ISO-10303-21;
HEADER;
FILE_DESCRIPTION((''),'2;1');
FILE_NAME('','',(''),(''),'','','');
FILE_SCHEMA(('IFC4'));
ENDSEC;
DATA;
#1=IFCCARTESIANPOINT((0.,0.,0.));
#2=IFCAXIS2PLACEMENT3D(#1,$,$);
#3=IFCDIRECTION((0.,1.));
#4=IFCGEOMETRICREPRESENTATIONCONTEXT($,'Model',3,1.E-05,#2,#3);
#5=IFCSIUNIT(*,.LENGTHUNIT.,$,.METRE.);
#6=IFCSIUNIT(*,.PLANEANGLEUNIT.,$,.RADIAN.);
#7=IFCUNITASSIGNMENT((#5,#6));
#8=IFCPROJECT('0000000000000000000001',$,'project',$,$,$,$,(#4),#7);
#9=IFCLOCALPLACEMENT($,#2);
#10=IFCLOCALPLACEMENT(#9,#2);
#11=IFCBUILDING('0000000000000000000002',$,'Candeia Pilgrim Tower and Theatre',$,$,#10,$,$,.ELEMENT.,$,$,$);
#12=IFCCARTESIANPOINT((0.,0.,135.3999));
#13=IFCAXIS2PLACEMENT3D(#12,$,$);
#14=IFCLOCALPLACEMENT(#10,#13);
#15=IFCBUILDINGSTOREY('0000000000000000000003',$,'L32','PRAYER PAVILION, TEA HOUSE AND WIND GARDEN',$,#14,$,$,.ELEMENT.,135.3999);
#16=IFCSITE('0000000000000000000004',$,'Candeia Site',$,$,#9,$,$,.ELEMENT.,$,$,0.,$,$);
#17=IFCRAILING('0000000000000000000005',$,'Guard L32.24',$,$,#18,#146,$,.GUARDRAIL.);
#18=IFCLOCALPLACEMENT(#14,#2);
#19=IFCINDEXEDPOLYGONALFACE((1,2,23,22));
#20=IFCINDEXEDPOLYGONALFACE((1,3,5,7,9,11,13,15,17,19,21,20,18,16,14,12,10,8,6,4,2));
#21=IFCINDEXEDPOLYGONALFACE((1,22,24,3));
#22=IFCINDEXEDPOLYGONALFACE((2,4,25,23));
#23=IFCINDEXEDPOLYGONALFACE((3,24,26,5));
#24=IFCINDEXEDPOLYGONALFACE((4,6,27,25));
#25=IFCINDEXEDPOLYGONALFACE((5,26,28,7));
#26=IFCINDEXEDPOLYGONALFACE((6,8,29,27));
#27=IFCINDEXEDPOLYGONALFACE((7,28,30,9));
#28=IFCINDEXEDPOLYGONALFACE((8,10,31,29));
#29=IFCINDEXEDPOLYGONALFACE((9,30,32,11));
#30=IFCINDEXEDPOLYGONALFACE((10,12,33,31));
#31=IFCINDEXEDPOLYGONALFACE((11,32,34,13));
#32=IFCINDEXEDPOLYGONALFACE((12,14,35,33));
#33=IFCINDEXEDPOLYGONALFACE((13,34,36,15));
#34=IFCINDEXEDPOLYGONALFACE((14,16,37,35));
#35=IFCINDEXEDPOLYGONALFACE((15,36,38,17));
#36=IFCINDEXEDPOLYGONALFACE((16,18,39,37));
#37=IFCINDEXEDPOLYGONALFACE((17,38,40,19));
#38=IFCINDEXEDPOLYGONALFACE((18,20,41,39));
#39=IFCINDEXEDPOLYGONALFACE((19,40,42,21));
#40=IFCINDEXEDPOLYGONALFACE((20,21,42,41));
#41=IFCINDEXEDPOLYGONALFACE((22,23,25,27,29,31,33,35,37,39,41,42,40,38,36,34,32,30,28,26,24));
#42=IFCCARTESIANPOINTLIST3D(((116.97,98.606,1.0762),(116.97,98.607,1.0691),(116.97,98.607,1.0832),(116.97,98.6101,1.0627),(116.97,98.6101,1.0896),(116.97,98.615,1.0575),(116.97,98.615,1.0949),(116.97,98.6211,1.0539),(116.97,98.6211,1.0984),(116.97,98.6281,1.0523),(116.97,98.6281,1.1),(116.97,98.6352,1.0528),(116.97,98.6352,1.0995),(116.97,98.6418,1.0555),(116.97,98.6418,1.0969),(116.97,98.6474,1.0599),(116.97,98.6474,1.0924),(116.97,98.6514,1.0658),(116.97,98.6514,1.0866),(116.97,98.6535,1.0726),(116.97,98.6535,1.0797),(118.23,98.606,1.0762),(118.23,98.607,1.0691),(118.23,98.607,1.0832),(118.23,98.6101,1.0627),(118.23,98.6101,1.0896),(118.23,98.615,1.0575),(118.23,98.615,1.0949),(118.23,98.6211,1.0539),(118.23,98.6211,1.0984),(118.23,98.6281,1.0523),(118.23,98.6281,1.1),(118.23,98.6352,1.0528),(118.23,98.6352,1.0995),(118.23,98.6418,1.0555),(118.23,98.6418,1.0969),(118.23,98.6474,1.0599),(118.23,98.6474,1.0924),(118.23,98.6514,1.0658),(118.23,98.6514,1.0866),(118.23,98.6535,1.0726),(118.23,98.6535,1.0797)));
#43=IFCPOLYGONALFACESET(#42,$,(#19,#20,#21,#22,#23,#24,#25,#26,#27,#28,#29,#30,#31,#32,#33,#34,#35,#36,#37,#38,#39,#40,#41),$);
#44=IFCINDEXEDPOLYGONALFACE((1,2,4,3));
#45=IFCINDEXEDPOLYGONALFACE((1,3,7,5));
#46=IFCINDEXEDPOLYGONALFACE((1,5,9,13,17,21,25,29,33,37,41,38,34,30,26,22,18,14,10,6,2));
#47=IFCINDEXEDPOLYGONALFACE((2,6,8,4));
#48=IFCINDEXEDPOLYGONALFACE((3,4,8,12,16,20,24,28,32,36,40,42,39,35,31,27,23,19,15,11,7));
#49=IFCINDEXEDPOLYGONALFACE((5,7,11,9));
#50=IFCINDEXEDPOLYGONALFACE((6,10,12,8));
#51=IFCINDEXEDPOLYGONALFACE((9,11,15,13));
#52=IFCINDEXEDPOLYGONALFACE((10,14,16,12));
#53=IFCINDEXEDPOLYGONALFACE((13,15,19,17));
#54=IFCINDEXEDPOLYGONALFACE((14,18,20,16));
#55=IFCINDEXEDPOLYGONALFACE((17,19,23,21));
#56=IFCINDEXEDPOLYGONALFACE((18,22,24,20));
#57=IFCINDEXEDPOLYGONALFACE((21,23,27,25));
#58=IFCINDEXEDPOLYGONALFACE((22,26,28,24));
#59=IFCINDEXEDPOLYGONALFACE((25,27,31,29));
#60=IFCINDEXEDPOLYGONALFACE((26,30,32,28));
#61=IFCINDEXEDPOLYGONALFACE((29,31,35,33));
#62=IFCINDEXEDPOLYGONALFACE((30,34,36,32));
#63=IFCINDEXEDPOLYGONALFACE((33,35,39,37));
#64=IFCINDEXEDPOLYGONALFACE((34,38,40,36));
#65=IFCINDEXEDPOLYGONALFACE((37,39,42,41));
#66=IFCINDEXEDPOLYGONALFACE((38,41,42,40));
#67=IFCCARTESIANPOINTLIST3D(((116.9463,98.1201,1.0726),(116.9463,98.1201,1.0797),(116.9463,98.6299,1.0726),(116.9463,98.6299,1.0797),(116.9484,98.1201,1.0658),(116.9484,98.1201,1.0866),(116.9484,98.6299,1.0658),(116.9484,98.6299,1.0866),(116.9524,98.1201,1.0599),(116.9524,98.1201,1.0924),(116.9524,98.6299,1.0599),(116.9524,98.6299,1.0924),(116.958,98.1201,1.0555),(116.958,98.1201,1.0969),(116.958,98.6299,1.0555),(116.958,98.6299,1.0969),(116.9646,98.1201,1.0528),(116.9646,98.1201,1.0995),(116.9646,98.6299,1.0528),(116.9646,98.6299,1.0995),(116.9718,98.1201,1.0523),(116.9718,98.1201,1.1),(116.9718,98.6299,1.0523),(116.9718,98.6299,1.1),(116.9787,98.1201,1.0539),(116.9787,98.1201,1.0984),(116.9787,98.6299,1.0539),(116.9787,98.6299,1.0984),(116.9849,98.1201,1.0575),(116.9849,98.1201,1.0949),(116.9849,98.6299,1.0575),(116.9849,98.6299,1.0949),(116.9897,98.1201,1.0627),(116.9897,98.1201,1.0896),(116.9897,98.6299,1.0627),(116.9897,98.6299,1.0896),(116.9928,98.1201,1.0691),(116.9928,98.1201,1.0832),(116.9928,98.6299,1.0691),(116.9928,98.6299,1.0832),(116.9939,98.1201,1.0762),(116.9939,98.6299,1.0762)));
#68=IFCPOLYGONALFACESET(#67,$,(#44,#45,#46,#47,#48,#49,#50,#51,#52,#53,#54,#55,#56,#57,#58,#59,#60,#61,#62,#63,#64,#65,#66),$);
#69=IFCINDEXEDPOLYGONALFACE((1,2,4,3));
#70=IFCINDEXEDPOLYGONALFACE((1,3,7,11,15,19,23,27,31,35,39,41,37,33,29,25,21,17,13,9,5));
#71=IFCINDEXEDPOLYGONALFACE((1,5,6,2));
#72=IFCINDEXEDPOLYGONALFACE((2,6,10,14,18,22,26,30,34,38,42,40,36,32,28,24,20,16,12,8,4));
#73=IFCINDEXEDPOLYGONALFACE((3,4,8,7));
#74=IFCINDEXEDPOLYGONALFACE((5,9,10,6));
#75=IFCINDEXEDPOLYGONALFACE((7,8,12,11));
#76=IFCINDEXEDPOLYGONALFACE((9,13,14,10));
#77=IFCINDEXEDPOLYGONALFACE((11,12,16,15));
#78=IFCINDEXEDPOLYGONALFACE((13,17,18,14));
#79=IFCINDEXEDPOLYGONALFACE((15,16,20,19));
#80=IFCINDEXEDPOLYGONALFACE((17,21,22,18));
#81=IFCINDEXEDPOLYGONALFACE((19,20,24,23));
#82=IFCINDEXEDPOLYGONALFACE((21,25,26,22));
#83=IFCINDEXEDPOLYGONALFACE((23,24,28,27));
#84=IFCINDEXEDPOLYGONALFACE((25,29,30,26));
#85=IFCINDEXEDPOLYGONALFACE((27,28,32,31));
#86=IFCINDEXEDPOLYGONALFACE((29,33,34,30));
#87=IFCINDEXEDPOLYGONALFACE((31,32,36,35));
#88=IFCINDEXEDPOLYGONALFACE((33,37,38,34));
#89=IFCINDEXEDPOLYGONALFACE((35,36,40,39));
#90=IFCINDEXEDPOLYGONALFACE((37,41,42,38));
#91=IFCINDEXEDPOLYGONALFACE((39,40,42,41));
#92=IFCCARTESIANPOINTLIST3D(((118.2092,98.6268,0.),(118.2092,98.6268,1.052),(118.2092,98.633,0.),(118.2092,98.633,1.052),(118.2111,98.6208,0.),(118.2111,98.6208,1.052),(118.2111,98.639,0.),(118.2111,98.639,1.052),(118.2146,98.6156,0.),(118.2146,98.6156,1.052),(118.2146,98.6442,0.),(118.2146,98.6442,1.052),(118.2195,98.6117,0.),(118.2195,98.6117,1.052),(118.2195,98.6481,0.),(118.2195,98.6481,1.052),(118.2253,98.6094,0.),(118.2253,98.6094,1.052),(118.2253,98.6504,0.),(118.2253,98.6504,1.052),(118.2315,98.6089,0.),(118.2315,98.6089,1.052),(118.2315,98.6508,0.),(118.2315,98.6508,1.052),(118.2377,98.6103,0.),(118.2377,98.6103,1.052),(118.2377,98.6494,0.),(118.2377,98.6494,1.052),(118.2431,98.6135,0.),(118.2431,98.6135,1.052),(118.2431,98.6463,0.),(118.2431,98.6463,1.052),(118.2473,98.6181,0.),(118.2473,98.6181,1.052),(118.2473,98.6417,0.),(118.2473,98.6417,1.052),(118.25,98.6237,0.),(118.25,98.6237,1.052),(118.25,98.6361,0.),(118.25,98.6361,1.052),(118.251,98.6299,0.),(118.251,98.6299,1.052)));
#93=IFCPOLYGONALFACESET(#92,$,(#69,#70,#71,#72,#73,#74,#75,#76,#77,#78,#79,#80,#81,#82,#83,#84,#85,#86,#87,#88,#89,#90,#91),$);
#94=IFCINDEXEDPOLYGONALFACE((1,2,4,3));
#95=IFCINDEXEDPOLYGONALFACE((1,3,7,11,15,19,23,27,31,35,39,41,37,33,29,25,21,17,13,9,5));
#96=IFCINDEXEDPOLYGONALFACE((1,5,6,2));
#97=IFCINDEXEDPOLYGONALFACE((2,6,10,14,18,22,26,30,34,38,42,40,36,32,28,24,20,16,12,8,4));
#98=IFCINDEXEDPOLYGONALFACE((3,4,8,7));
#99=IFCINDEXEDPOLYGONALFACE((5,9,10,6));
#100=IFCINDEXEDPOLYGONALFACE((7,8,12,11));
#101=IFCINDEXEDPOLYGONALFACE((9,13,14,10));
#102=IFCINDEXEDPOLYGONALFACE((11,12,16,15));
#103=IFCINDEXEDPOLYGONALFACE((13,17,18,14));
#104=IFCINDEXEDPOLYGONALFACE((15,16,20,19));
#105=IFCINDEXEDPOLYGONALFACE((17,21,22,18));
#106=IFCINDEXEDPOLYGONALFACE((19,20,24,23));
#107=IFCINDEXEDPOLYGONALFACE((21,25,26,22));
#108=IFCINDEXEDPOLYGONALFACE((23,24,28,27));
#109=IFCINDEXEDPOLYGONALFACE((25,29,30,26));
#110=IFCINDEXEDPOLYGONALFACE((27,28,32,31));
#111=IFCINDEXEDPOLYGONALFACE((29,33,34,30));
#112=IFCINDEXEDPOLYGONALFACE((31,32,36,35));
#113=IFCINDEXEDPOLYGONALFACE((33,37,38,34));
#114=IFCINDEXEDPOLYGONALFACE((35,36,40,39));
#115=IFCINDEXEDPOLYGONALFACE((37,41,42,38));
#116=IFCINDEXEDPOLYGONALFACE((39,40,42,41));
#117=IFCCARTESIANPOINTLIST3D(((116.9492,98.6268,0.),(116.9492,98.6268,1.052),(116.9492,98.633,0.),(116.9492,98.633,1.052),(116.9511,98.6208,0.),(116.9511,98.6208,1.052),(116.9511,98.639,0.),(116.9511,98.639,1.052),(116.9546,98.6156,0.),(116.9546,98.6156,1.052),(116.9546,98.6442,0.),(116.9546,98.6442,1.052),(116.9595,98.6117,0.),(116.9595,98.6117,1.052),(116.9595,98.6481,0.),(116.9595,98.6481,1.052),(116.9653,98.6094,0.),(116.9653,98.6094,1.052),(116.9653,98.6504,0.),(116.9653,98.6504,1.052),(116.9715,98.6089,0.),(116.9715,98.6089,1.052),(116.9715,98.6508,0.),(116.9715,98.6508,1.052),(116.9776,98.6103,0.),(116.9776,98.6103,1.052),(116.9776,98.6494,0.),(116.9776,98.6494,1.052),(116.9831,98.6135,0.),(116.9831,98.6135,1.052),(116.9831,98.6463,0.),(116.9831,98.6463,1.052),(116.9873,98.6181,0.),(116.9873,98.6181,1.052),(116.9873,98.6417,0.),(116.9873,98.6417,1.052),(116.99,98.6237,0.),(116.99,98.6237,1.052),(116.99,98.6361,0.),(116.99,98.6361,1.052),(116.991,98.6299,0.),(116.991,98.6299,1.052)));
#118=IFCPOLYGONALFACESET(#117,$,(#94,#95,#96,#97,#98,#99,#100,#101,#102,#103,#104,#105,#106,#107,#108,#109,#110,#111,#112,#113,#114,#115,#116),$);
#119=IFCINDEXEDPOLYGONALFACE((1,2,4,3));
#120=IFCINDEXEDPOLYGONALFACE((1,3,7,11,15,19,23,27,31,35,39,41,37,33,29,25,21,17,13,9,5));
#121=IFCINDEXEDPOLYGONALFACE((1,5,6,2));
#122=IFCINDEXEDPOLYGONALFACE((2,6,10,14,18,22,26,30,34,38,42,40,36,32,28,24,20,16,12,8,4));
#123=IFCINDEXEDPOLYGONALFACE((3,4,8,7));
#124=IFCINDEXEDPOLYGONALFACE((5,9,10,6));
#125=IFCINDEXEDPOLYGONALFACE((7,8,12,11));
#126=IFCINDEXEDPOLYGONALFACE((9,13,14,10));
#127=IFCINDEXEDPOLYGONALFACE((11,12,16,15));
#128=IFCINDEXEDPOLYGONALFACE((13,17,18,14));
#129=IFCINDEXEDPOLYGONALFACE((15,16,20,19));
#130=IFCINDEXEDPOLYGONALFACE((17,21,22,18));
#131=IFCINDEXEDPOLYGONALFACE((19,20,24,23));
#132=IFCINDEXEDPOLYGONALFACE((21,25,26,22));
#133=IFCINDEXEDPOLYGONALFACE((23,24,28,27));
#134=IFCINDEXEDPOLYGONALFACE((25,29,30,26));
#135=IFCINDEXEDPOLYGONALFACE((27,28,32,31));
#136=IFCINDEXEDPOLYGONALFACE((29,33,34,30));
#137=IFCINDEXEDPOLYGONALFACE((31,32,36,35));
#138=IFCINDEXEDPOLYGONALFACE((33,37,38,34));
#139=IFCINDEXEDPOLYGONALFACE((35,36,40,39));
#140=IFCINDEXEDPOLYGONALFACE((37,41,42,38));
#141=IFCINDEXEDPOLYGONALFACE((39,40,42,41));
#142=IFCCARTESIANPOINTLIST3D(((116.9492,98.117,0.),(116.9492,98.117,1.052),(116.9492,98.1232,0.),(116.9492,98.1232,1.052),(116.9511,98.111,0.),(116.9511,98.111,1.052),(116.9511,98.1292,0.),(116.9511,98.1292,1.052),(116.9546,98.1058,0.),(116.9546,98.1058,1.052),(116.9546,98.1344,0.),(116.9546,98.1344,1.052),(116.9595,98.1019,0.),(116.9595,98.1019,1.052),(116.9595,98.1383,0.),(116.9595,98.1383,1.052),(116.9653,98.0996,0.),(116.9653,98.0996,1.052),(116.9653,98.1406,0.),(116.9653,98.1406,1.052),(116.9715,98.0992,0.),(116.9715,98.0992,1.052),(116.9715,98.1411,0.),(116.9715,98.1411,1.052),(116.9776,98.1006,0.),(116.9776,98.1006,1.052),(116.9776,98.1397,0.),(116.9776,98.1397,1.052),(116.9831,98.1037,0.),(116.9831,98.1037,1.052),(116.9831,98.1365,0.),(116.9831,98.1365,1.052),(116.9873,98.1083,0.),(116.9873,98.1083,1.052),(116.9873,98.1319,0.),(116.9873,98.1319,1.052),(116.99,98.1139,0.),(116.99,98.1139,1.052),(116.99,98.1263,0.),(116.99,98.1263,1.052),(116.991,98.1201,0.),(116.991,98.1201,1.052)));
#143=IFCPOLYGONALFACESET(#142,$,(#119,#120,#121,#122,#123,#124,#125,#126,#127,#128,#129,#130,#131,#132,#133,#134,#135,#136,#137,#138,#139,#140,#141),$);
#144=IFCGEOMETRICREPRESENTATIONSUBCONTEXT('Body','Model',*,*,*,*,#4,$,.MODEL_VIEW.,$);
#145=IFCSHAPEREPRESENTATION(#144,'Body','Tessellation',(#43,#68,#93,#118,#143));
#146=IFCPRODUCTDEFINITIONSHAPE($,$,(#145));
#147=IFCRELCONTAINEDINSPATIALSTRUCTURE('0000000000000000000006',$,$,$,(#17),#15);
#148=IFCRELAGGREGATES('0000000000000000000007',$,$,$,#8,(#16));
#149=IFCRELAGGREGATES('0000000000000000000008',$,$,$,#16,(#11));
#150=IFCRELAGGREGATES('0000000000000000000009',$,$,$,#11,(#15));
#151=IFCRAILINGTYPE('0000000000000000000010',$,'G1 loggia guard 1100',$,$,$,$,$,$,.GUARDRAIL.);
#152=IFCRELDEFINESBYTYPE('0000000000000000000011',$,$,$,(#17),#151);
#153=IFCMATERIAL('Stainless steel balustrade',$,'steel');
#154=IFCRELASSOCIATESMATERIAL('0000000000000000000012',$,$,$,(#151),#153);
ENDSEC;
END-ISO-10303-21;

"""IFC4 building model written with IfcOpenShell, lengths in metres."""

from ifc_helpers import new_model, si_unit, direction, frame, origin, origin_2d, place, context, subcontext, project, spatial, circle, extrude, material, type_object, element, save


model = new_model("IFC4")

# Units and contexts
model_context = context("Model", 3, precision=1e-05, world=origin(), true_north=direction((0.0, 1.0)))
body_context = subcontext(model_context, "Body", "Model", "MODEL_VIEW")
ifc_project = project(units=[si_unit("LENGTHUNIT", "METRE"), si_unit("PLANEANGLEUNIT", "RADIAN")], contexts=[model_context])

# Site, building, storey
site_placement = place(None, origin())
site = spatial("IfcSite", under=ifc_project, at=site_placement, Name="Candeia Site", CompositionType="ELEMENT", RefElevation=0.0)
building_placement = place(site_placement, origin())
building = spatial("IfcBuilding", under=site, at=building_placement, Name="Candeia Pilgrim Tower and Theatre", CompositionType="ELEMENT")
storey_placement = place(building_placement, frame((0.0, 0.0, 135.3999)))
storey = spatial("IfcBuildingStorey", under=building, at=storey_placement, Name="L32", Description="PRAYER PAVILION, TEA HOUSE AND WIND GARDEN", CompositionType="ELEMENT", Elevation=135.3999)

# Railing
ifc_material_1 = material(Name="Stainless steel balustrade", Category="steel")
railing_type = type_object("IfcRailingType", Name="G1 loggia guard 1100", PredefinedType="GUARDRAIL", material=ifc_material_1)
railing_1_placement = place(storey_placement, frame((118.23, 98.6299, 0.0)))
element("IfcRailing", 1, at=railing_1_placement, inside=storey, type_object=railing_type, Name="Guard L32.24", PredefinedType="GUARDRAIL", context=body_context, shape_type="SweptSolid", body=[
    extrude(circle(Radius=0.0239, at=origin_2d()), frame((0.0, 0.0, 1.0762), z_axis=(-1.0, 0.0, 0.0), x_axis=(0.0, -1.0, 0.0)), (0.0, 0.0, 1.0), 1.26),
    extrude(circle(Radius=0.0239, at=origin_2d()), frame((-1.26, 0.0, 1.0762), z_axis=(0.0, -1.0, 0.0), x_axis=(1.0, 0.0, 0.0)), (0.0, 0.0, 1.0), 0.5098),
    extrude(circle(Radius=0.021, at=origin_2d()), origin(), (0.0, 0.0, 1.0), 1.052),
    extrude(circle(Radius=0.021, at=origin_2d()), frame((-1.26, 0.0, 0.0)), (0.0, 0.0, 1.0), 1.052),
    extrude(circle(Radius=0.021, at=origin_2d()), frame((-1.26, -0.5098, 0.0)), (0.0, 0.0, 1.0), 1.052),
])

save(model, "model.ifc")
